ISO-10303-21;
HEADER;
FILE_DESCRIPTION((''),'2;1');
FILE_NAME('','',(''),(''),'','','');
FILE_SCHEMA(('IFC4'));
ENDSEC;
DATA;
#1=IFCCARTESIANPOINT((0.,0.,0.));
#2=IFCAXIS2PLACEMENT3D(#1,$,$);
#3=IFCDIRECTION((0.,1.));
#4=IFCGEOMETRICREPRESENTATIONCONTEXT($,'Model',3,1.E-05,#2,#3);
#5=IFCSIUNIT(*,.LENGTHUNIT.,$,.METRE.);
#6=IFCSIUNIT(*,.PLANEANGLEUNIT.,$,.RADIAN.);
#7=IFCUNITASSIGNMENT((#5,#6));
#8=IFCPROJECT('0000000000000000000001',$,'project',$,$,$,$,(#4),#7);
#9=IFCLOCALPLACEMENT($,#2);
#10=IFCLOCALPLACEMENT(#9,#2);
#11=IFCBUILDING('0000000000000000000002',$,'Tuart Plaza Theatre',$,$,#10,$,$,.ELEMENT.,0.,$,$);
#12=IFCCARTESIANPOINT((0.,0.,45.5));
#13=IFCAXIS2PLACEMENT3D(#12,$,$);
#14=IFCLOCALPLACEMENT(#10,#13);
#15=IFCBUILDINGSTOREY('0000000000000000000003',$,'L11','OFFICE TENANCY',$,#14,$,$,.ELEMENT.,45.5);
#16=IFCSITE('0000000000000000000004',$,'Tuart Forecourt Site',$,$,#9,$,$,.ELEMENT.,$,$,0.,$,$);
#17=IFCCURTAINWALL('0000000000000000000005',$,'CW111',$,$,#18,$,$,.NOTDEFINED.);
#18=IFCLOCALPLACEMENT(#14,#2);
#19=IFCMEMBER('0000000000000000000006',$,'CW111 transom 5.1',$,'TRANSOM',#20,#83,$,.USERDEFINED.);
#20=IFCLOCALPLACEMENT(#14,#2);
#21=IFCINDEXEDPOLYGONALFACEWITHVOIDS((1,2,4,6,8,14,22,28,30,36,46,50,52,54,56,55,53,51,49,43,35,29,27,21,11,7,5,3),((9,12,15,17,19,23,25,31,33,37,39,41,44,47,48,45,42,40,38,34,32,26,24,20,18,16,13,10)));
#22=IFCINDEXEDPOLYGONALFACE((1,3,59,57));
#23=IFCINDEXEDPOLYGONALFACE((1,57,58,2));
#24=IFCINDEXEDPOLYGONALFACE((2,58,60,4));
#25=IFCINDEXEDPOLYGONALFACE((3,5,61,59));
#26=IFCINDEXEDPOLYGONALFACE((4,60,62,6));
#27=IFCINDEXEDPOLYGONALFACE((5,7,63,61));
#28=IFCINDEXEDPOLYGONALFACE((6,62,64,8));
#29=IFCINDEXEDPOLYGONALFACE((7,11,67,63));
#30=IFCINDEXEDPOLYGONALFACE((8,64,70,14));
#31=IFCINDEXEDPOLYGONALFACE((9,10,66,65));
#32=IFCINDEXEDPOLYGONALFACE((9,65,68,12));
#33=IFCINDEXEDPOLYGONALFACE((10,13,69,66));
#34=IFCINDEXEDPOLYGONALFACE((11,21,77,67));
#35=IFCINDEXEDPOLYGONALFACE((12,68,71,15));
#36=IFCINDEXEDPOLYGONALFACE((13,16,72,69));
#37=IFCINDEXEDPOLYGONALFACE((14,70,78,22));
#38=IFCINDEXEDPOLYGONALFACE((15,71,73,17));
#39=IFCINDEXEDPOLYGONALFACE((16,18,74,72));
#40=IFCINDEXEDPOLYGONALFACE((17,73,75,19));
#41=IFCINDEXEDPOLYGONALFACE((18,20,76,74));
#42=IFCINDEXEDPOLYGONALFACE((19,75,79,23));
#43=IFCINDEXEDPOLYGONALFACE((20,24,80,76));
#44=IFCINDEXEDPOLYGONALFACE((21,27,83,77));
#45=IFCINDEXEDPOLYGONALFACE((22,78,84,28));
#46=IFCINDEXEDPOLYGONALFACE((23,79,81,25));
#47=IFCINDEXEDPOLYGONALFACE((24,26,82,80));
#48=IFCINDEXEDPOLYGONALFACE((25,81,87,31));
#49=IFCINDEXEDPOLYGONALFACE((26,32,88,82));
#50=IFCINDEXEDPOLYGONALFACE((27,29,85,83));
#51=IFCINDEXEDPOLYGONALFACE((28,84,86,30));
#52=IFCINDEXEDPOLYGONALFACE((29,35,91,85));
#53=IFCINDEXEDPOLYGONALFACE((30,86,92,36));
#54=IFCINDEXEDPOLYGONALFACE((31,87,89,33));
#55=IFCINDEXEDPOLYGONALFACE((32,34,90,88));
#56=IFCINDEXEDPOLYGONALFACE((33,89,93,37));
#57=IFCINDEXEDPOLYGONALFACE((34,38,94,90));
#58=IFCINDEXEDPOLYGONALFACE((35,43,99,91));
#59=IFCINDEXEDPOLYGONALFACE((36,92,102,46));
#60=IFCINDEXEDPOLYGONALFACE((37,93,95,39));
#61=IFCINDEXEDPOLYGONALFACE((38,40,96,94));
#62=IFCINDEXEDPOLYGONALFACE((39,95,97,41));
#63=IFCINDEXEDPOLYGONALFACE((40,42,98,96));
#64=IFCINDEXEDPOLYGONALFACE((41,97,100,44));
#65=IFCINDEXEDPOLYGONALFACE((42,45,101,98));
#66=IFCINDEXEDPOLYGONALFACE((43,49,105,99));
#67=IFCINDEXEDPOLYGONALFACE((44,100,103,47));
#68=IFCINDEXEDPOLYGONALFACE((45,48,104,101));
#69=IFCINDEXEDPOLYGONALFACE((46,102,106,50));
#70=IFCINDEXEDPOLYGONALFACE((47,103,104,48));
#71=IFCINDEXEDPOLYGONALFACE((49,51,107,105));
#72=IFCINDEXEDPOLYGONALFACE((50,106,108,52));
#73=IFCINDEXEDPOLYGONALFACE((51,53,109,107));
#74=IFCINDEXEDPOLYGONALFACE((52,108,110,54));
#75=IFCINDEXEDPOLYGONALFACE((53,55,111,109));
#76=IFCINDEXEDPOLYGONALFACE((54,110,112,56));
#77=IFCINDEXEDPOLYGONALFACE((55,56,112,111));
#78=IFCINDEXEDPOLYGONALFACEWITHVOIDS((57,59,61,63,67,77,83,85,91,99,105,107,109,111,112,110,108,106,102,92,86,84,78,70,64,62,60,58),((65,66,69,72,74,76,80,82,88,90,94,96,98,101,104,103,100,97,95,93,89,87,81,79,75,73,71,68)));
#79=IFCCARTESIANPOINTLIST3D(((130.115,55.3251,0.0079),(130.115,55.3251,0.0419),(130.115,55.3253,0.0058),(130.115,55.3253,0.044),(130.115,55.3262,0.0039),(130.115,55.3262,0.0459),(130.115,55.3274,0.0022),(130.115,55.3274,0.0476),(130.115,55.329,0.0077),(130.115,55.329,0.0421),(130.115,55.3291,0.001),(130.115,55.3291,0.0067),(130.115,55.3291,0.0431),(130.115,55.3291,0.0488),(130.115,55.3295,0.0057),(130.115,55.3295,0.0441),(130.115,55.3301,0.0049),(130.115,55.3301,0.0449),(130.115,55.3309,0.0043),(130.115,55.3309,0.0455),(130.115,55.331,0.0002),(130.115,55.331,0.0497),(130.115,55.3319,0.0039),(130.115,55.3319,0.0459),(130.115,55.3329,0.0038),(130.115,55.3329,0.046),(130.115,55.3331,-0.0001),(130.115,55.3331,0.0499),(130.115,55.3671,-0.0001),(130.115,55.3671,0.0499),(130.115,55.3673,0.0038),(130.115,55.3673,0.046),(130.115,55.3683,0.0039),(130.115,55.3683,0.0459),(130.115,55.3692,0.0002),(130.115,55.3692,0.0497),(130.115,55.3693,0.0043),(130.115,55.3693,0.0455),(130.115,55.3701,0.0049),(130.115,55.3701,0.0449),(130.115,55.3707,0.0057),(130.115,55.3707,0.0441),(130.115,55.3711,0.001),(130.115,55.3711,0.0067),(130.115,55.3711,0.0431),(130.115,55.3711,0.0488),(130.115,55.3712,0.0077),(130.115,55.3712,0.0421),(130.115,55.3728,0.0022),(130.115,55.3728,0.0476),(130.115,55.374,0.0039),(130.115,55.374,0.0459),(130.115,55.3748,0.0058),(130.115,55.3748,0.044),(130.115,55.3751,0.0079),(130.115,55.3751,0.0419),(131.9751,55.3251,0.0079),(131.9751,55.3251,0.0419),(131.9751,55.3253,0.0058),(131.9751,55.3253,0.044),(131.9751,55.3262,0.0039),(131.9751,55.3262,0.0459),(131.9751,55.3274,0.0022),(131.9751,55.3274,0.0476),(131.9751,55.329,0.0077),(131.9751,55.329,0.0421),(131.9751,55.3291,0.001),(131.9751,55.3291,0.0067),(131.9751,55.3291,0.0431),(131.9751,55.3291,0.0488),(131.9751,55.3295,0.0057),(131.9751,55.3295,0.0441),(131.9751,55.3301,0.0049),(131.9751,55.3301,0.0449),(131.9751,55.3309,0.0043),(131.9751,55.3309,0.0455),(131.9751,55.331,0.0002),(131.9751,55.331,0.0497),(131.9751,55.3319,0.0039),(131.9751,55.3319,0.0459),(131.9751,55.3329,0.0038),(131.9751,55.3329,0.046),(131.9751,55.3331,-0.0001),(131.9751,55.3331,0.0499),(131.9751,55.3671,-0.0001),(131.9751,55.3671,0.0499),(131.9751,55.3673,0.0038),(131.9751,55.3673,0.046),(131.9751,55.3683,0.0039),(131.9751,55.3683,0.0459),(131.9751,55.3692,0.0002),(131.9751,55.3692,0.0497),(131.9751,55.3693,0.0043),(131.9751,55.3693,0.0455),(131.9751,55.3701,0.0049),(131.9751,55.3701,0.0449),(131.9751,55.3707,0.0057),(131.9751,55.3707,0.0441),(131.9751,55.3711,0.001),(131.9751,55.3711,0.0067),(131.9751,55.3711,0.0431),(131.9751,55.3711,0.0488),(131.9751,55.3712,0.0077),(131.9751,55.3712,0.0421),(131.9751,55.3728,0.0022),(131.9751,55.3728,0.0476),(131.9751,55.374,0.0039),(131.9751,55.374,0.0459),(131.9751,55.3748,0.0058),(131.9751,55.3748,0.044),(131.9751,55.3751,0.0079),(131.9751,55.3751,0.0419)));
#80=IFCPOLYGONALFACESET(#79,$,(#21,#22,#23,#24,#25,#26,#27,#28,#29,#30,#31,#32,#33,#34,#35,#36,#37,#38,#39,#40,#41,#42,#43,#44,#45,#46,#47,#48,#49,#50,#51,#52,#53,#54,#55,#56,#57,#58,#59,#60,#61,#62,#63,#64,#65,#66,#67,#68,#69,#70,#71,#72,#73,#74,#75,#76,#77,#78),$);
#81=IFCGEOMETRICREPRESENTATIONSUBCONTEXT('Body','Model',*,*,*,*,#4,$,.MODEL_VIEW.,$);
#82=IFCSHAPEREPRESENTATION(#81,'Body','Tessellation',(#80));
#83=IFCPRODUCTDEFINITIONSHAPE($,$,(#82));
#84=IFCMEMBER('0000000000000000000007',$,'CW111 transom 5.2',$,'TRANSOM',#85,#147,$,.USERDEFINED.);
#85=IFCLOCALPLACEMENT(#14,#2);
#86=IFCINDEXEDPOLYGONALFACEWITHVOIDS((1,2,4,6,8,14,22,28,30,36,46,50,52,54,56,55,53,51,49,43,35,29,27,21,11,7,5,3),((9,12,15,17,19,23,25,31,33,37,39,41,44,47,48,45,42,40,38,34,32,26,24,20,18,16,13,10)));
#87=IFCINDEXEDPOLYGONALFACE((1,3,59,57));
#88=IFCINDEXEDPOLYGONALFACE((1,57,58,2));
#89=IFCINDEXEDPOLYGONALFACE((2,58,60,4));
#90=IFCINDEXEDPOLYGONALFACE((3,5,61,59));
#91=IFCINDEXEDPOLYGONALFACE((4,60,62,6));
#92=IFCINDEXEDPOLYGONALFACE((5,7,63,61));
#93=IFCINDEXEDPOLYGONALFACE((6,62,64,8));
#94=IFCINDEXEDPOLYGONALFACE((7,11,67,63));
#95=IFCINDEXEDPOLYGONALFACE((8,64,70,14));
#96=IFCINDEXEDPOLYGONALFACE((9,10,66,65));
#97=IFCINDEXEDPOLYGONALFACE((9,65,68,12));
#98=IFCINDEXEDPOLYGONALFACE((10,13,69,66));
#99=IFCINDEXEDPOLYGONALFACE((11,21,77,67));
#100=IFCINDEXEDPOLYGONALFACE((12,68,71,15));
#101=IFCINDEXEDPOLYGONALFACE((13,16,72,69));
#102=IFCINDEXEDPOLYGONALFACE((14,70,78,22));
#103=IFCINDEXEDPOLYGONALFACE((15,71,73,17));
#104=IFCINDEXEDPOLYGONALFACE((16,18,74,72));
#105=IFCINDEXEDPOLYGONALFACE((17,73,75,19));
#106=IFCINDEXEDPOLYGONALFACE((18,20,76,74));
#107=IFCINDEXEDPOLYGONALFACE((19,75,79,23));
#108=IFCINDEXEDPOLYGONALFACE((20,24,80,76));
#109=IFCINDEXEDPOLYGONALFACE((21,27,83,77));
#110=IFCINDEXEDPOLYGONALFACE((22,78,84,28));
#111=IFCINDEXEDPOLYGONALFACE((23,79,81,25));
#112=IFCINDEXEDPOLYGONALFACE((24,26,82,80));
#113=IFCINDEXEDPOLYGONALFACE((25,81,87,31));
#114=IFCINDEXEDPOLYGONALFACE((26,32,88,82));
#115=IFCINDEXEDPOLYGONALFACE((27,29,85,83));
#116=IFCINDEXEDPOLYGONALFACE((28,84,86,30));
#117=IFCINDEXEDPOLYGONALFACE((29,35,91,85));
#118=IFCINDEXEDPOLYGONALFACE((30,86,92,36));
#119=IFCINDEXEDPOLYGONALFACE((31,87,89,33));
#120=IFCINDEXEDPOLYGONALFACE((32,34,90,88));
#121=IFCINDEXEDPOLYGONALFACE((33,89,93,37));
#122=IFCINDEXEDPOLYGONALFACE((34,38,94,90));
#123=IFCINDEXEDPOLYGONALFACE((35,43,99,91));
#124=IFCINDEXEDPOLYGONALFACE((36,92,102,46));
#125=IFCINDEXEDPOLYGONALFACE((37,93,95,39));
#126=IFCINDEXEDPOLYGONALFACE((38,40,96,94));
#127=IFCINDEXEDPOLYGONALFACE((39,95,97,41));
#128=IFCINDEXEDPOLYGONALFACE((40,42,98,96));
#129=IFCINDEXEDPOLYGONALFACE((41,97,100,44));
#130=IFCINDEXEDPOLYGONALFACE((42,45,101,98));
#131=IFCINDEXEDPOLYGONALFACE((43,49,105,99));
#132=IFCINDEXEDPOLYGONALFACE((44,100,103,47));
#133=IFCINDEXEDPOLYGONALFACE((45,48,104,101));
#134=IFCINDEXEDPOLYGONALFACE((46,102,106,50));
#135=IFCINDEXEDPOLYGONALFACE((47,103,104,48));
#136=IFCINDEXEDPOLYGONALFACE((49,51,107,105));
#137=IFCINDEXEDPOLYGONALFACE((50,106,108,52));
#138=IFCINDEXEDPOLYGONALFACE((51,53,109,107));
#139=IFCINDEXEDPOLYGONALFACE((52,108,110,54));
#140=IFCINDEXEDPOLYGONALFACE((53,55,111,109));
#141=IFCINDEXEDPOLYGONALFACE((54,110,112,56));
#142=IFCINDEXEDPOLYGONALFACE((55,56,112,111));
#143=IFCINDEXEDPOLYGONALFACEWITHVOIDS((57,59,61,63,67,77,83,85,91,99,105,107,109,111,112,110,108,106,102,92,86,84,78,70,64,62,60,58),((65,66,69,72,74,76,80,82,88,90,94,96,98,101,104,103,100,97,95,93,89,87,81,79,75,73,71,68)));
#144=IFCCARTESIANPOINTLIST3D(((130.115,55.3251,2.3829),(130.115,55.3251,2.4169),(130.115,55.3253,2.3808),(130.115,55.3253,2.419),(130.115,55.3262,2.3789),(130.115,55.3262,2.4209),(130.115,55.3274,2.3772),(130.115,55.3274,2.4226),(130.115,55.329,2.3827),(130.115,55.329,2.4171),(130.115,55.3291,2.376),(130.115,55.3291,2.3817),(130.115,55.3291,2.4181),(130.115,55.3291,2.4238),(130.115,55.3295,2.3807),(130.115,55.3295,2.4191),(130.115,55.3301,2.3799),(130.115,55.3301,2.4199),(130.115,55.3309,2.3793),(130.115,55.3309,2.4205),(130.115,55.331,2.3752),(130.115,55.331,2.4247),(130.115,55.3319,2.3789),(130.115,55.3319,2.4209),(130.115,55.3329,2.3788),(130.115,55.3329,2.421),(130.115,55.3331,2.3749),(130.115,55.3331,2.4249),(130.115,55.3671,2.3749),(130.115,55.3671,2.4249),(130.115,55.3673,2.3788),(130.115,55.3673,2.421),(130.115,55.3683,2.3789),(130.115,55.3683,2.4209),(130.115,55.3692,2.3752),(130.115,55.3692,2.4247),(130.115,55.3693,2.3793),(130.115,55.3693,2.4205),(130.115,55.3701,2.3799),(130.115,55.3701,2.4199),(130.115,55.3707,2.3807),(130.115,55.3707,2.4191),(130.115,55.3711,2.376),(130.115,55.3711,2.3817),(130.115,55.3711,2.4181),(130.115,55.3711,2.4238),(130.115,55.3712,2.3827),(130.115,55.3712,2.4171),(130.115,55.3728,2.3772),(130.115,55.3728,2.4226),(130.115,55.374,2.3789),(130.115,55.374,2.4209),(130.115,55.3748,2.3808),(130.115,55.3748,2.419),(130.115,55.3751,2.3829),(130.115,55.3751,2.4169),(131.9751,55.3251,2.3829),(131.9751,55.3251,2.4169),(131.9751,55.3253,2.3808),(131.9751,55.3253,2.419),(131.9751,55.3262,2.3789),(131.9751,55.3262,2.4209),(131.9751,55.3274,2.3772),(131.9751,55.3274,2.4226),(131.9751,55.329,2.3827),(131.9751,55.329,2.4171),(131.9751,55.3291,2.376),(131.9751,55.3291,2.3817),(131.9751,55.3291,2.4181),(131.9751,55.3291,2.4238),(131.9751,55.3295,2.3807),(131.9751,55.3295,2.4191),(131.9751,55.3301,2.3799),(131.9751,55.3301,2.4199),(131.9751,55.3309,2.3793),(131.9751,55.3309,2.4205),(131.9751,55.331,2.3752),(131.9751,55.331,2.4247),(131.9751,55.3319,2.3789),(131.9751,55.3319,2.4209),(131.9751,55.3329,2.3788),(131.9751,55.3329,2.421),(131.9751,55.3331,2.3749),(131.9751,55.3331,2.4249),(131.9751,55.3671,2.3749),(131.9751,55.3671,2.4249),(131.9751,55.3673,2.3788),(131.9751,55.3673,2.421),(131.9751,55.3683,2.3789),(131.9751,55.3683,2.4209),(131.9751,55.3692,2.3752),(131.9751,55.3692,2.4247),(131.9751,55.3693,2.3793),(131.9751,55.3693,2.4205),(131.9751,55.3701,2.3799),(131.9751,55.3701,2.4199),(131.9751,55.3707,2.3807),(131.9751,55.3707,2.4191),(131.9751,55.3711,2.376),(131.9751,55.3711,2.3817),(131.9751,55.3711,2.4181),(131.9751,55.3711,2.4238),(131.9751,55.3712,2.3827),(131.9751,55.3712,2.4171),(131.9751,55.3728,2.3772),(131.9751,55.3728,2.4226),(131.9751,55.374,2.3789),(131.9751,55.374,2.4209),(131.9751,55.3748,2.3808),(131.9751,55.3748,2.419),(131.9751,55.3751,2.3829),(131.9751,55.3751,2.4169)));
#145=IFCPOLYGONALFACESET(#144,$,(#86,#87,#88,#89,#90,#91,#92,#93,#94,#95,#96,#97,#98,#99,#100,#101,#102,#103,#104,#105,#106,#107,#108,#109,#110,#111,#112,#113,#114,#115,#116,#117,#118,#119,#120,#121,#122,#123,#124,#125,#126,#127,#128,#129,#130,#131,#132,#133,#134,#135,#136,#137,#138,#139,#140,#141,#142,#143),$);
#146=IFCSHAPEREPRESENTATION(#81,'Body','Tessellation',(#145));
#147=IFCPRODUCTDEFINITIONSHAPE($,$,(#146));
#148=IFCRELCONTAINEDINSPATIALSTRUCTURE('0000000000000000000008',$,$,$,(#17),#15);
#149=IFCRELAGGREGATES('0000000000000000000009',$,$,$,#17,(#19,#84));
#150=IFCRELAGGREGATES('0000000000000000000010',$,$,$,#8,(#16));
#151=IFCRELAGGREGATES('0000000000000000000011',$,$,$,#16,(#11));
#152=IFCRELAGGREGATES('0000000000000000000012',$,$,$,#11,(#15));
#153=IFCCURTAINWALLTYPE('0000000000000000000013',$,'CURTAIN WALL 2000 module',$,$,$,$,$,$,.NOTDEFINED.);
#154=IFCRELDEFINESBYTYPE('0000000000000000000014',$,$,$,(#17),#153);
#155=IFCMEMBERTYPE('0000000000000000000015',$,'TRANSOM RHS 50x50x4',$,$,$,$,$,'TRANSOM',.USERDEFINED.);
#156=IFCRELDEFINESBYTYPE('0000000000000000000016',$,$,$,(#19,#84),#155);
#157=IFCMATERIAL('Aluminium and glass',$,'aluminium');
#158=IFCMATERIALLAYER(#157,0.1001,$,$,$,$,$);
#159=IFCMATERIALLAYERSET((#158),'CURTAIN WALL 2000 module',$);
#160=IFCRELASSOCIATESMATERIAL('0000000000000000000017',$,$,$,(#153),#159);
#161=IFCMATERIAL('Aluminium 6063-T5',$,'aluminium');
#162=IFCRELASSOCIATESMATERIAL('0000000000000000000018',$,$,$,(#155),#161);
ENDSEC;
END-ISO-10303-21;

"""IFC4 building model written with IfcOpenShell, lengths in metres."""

from ifc_helpers import new_model, si_unit, direction, frame, origin, origin_2d, place, context, subcontext, project, spatial, hollow_rectangle, extrude, material, layer, layer_set, material_profile, profile_set, type_object, element, aggregate, save


model = new_model("IFC4")

# Units and contexts
model_context = context("Model", 3, precision=1e-05, world=origin(), true_north=direction((0.0, 1.0)))
body_context = subcontext(model_context, "Body", "Model", "MODEL_VIEW")
ifc_project = project(units=[si_unit("LENGTHUNIT", "METRE"), si_unit("PLANEANGLEUNIT", "RADIAN")], contexts=[model_context])

# Site, building, storey
site_placement = place(None, origin())
site = spatial("IfcSite", under=ifc_project, at=site_placement, Name="Tuart Forecourt Site", CompositionType="ELEMENT", RefElevation=0.0)
building_placement = place(site_placement, origin())
building = spatial("IfcBuilding", under=site, at=building_placement, Name="Tuart Plaza Theatre", CompositionType="ELEMENT", ElevationOfRefHeight=0.0)
storey_placement = place(building_placement, frame((0.0, 0.0, 45.5)))
storey = spatial("IfcBuildingStorey", under=building, at=storey_placement, Name="L11", Description="OFFICE TENANCY", CompositionType="ELEMENT", Elevation=45.5)

# Curtain wall
ifc_material_1 = material(Name="Aluminium and glass", Category="aluminium")
ifc_layer_1 = layer(ifc_material_1, 0.1001)
ifc_layer_set_1 = layer_set([ifc_layer_1], Name="CURTAIN WALL 2000 module")
curtain_wall_type = type_object("IfcCurtainWallType", Name="CURTAIN WALL 2000 module", PredefinedType="NOTDEFINED", material=ifc_layer_set_1)
curtain_wall_1_placement = place(storey_placement, origin())
curtain_wall_1 = element("IfcCurtainWall", 1, at=curtain_wall_1_placement, inside=storey, type_object=curtain_wall_type, Name="CW111", PredefinedType="NOTDEFINED")

# Members
ifc_material_2 = material(Name="Aluminium 6063-T5", Category="aluminium")
ifc_material_profile_1 = material_profile(ifc_material_2, hollow_rectangle(XDim=0.05, YDim=0.05, WallThickness=0.0039, InnerFilletRadius=0.0039, OuterFilletRadius=0.0081, at=origin_2d()), Name="RHS 50x50x4")
ifc_profile_set_1 = profile_set([ifc_material_profile_1], Name="Aluminium 6063-T5")
member_type_1 = type_object("IfcMemberType", Name="TRANSOM RHS 50x50x4", ElementType="TRANSOM", PredefinedType="USERDEFINED", material=ifc_profile_set_1)
member_1_placement = place(storey_placement, frame((130.115, 55.3501, 0.0249), z_axis=(1.0, 0.0, 0.0), x_axis=(0.0, 1.0, 0.0)))
member_1 = element("IfcMember", 2, at=member_1_placement, type_object=member_type_1, Name="CW111 transom 5.1", ObjectType="TRANSOM", PredefinedType="USERDEFINED", context=body_context, shape_type="SweptSolid", body=[
    extrude(hollow_rectangle(XDim=0.05, YDim=0.05, WallThickness=0.0039, InnerFilletRadius=0.0039, OuterFilletRadius=0.0081, at=origin_2d()), origin(), (0.0, 0.0, 1.0), 1.8601),
])
member_2_placement = place(storey_placement, frame((130.115, 55.3501, 2.3999), z_axis=(1.0, 0.0, 0.0), x_axis=(0.0, 1.0, 0.0)))
member_2 = element("IfcMember", 3, at=member_2_placement, type_object=member_type_1, Name="CW111 transom 5.2", ObjectType="TRANSOM", PredefinedType="USERDEFINED", context=body_context, shape_type="SweptSolid", body=[
    extrude(hollow_rectangle(XDim=0.05, YDim=0.05, WallThickness=0.0039, InnerFilletRadius=0.0039, OuterFilletRadius=0.0081, at=origin_2d()), origin(), (0.0, 0.0, 1.0), 1.8601),
])

aggregate(curtain_wall_1, [member_1, member_2])

save(model, "model.ifc")
